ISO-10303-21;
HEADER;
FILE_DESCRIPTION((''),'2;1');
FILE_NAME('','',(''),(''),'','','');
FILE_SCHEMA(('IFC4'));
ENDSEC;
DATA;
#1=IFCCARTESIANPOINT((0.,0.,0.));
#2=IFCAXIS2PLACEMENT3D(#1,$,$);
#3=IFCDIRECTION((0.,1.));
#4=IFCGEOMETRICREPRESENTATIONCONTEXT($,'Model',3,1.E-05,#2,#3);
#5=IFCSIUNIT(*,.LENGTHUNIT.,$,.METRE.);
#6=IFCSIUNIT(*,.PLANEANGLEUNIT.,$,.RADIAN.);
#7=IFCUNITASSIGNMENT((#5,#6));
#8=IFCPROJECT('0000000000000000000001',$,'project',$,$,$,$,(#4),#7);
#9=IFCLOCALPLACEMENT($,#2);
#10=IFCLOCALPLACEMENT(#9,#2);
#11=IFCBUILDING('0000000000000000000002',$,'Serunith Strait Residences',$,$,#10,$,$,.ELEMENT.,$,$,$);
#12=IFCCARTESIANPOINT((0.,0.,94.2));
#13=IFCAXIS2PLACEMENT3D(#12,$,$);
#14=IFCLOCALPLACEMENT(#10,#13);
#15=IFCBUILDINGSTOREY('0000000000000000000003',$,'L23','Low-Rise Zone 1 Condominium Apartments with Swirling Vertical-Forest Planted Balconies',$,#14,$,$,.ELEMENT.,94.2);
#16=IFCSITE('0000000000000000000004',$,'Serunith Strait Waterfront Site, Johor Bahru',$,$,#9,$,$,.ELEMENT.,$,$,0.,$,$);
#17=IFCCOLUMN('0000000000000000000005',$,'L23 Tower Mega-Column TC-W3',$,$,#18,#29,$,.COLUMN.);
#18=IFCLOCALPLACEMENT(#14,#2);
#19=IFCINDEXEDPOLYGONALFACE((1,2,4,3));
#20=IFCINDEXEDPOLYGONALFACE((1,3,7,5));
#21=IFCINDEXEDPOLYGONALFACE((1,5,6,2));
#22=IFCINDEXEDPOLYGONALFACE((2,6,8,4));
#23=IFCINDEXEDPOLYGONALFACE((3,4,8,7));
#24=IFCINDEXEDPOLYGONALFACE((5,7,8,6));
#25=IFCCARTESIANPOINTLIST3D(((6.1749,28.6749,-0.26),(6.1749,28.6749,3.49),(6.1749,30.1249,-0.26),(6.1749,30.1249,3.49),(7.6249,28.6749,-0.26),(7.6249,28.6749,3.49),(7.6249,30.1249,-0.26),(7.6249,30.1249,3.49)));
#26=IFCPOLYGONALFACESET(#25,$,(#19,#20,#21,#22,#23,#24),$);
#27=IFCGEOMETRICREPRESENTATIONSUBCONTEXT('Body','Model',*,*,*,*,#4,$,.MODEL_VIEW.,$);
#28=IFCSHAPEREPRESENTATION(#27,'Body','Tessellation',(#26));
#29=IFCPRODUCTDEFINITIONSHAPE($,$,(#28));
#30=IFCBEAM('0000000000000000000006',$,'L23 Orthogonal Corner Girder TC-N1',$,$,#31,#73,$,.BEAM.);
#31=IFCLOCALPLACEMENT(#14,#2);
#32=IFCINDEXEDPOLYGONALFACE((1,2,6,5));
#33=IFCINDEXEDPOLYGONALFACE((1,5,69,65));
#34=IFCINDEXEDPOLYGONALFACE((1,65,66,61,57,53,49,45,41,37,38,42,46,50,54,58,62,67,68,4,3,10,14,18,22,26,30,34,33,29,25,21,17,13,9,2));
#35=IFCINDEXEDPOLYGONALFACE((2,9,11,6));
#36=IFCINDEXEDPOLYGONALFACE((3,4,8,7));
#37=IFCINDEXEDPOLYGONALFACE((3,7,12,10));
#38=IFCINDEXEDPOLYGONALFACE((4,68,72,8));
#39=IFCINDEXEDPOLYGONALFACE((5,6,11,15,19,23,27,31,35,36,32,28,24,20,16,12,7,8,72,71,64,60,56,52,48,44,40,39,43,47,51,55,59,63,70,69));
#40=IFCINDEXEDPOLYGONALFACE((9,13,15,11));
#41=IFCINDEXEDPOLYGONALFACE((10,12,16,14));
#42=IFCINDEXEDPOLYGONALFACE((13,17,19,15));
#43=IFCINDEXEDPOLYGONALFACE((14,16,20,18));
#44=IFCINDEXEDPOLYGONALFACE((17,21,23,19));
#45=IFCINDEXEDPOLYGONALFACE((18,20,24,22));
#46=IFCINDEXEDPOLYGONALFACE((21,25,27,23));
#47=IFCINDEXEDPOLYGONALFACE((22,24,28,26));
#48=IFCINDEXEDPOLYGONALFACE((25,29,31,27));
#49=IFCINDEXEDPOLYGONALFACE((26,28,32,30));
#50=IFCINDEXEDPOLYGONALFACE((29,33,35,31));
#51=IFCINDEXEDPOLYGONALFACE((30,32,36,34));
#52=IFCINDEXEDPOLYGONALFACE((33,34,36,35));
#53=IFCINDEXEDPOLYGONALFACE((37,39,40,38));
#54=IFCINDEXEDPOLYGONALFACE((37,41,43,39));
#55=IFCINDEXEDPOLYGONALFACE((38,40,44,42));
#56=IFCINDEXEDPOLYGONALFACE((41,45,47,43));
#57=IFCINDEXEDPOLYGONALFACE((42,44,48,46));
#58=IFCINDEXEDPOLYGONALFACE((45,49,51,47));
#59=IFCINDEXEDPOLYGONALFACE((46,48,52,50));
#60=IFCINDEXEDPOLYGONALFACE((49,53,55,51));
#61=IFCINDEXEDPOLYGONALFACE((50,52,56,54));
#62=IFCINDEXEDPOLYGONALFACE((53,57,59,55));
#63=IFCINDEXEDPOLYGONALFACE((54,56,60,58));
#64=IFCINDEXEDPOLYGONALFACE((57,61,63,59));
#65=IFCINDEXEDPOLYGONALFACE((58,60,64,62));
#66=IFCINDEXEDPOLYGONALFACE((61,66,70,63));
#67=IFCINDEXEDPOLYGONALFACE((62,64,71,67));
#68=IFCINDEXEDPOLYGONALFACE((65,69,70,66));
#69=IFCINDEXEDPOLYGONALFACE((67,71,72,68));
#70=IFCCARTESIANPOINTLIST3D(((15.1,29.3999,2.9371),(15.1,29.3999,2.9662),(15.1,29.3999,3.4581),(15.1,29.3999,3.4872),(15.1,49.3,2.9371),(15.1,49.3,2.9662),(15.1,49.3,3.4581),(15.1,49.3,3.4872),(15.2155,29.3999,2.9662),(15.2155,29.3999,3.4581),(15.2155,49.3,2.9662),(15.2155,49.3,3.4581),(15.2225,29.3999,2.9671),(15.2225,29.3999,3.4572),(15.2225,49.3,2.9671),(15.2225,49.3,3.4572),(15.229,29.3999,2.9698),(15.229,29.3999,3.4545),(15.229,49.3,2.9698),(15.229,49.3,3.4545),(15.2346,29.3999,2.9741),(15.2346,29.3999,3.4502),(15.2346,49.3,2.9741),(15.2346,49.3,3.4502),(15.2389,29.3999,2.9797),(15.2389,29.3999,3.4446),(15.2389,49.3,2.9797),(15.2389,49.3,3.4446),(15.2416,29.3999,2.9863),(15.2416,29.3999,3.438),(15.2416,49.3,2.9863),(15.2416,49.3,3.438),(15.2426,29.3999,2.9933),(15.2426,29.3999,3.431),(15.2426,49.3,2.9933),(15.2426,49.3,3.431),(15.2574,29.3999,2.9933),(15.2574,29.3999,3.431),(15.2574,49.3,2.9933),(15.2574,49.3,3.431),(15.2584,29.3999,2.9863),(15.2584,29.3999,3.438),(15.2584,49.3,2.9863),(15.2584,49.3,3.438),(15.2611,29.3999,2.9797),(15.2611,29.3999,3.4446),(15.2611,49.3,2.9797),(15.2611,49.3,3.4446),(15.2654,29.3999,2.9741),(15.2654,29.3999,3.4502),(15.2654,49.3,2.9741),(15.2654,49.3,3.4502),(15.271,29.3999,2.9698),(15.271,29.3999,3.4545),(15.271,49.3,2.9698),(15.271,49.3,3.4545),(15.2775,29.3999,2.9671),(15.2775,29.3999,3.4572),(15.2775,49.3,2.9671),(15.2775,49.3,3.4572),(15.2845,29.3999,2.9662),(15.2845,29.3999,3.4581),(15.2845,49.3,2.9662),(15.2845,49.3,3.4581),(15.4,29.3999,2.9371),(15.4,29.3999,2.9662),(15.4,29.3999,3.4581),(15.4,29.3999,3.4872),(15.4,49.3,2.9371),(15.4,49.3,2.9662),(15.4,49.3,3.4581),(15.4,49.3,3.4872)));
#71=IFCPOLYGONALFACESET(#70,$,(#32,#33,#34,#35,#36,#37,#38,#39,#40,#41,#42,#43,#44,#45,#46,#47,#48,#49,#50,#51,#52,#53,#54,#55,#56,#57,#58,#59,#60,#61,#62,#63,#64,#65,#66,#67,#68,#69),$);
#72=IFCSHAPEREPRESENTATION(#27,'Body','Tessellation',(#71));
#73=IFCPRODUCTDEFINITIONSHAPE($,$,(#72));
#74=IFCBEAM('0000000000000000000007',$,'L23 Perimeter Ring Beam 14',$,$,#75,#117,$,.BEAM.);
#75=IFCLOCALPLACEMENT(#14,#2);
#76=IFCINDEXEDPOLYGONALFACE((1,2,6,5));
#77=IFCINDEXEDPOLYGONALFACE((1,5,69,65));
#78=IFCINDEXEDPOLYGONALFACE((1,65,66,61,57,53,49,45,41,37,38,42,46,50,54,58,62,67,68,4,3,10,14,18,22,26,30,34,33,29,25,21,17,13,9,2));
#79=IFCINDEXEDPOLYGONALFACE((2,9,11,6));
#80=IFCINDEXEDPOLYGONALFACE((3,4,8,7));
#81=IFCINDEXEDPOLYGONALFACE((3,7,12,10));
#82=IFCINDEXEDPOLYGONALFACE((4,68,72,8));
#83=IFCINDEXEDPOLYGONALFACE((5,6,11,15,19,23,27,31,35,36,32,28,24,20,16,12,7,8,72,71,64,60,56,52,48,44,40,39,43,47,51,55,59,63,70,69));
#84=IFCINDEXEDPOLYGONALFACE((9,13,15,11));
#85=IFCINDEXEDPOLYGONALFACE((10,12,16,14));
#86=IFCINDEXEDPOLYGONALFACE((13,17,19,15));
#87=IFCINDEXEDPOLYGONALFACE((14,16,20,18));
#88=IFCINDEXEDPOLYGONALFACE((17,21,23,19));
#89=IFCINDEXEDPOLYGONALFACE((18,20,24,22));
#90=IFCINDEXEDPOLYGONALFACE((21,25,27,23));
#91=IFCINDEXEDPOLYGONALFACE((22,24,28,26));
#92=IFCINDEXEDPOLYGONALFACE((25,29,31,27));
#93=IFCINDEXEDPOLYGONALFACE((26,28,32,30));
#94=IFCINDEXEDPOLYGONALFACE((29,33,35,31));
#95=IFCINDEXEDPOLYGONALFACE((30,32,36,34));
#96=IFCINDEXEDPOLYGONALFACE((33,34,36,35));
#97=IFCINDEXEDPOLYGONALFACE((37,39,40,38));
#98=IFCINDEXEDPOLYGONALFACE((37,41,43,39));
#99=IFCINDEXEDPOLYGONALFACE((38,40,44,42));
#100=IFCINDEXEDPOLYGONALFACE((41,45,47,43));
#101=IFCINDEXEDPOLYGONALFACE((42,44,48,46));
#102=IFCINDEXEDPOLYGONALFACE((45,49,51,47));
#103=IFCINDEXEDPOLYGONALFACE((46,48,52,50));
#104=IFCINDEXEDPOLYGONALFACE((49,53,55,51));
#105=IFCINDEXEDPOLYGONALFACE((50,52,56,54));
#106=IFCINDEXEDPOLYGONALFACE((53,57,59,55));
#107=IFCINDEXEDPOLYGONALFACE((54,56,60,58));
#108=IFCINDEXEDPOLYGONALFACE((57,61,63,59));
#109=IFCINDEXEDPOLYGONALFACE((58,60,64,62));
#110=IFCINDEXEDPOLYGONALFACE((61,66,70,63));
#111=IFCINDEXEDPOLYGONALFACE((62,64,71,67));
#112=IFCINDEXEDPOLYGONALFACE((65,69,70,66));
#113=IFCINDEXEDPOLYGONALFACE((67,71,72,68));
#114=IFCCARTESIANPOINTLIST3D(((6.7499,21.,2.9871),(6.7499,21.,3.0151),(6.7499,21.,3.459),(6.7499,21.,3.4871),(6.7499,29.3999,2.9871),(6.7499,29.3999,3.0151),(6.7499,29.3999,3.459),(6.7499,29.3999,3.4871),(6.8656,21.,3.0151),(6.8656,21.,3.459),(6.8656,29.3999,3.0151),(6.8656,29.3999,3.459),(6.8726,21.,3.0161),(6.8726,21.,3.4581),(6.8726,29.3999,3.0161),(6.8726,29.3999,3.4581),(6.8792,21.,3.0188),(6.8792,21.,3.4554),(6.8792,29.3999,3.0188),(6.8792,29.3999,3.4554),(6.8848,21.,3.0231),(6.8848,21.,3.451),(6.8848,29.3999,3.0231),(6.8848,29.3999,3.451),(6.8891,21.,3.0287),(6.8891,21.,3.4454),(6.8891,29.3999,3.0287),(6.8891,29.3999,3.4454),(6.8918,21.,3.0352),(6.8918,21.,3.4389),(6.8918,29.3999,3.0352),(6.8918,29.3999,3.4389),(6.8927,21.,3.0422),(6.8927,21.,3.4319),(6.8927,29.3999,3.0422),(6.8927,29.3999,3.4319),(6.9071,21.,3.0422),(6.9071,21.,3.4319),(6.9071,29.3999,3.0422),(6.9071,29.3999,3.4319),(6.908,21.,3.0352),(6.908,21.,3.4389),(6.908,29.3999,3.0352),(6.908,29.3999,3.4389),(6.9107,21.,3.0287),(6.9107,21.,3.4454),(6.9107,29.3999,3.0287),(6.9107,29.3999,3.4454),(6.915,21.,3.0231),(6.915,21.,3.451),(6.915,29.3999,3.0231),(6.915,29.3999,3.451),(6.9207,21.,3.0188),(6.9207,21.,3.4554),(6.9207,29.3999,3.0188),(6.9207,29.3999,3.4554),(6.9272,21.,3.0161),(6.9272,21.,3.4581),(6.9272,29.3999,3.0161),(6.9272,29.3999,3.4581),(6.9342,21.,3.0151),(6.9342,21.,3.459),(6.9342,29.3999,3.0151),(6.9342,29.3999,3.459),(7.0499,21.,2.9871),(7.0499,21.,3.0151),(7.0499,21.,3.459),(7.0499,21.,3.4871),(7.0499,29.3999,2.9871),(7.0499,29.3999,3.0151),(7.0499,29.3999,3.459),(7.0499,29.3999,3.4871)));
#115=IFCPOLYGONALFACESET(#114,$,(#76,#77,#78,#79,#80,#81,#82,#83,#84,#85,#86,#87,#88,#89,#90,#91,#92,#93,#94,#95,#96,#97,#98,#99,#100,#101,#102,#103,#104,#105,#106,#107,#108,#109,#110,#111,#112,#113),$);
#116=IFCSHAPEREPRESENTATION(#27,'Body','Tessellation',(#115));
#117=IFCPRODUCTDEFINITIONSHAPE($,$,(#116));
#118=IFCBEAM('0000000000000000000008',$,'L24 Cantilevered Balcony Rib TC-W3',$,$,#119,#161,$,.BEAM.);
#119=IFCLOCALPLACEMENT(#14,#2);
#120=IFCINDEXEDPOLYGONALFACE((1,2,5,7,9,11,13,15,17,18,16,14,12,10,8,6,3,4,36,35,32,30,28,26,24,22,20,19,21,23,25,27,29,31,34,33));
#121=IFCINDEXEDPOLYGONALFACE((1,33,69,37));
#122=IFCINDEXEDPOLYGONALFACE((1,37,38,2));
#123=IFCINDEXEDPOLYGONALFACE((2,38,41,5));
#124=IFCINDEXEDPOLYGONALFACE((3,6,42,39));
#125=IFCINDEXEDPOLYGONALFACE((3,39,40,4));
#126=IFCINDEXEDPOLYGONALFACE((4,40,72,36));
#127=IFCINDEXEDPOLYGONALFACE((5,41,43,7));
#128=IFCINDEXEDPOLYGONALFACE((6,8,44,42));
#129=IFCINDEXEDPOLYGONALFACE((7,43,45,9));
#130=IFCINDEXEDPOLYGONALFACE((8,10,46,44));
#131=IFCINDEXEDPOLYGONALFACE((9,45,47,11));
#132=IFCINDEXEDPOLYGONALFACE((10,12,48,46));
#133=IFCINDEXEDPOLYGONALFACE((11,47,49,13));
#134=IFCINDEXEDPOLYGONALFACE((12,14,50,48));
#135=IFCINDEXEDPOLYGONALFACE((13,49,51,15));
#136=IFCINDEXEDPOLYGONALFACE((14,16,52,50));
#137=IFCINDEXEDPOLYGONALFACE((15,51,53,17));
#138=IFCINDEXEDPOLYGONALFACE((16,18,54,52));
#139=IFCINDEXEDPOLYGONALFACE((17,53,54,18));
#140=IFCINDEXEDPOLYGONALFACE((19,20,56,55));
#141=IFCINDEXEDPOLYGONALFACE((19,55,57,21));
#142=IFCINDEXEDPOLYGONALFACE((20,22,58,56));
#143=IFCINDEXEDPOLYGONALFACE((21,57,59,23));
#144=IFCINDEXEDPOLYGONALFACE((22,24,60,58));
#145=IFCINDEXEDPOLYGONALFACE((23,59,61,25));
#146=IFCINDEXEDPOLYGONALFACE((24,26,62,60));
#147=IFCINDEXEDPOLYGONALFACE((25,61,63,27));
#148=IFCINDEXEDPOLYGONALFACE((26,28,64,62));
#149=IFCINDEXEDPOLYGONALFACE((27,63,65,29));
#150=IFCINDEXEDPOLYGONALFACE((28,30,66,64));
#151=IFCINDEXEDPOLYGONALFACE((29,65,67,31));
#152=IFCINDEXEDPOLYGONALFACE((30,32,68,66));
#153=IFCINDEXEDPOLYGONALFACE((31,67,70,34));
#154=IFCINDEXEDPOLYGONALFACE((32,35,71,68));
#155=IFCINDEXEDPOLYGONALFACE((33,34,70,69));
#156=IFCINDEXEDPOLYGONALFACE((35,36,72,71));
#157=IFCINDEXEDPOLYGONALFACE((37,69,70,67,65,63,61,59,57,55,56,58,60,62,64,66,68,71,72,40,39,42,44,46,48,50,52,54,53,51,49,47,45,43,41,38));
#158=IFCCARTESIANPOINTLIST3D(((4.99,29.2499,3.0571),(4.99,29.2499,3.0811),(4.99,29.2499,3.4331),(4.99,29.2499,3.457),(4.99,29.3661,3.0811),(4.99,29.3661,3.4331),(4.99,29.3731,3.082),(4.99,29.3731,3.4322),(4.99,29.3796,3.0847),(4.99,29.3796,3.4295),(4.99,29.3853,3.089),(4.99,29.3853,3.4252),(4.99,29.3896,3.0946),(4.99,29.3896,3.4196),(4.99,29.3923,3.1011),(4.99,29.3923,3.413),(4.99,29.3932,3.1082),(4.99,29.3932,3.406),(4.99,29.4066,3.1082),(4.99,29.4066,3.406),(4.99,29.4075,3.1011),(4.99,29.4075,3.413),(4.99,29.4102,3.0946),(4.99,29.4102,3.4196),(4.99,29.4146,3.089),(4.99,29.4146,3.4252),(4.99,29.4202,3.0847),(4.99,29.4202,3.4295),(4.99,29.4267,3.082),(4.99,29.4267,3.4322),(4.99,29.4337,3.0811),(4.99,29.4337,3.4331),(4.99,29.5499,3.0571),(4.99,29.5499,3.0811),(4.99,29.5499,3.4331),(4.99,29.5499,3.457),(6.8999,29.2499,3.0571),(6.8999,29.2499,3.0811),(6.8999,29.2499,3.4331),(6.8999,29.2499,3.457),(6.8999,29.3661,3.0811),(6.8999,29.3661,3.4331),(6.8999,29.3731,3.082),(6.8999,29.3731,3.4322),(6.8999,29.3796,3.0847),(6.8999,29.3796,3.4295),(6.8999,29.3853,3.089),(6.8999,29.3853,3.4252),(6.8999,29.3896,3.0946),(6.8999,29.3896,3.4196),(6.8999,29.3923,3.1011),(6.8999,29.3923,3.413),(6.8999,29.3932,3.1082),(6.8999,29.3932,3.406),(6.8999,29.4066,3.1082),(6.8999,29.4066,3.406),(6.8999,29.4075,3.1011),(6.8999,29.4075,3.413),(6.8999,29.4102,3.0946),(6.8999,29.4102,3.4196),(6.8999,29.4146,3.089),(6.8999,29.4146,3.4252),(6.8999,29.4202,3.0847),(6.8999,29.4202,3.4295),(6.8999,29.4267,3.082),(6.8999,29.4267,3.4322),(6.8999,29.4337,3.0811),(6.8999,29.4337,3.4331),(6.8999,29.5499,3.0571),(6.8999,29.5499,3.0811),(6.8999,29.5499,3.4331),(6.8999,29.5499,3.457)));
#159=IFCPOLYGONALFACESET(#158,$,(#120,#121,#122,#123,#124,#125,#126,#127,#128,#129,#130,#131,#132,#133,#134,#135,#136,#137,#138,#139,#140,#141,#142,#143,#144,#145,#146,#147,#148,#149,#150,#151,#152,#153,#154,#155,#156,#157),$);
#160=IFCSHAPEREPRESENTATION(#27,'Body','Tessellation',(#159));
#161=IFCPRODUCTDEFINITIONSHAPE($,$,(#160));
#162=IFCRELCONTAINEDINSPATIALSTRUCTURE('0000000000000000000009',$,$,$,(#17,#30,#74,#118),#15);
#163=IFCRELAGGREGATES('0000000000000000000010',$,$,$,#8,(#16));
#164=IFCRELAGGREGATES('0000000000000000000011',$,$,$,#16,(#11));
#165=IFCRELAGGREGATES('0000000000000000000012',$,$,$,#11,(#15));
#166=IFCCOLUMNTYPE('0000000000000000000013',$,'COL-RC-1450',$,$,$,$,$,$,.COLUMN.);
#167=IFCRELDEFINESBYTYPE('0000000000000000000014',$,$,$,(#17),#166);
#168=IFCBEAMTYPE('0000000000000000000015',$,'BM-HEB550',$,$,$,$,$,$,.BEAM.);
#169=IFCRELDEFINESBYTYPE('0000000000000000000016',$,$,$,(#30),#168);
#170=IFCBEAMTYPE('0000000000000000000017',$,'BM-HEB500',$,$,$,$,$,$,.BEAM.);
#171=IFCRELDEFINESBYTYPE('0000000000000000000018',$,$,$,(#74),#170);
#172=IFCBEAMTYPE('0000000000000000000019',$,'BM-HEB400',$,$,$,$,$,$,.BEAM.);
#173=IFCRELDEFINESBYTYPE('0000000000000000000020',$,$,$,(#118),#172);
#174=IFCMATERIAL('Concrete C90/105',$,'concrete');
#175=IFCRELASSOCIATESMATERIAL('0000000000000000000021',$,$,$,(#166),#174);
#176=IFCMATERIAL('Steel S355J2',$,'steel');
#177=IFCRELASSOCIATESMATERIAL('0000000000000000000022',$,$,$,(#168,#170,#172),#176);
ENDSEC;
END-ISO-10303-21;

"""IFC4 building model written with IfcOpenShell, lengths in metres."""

from ifc_helpers import new_model, si_unit, direction, frame, origin, origin_2d, place, context, subcontext, project, spatial, rectangle, i_section, extrude, source, transform, mapped, material, material_profile, profile_set, type_object, element, save


model = new_model("IFC4")

# Units and contexts
model_context = context("Model", 3, precision=1e-05, world=origin(), true_north=direction((0.0, 1.0)))
body_context = subcontext(model_context, "Body", "Model", "MODEL_VIEW")
ifc_project = project(units=[si_unit("LENGTHUNIT", "METRE"), si_unit("PLANEANGLEUNIT", "RADIAN")], contexts=[model_context])

# Site, building, storey
site_placement = place(None, origin())
site = spatial("IfcSite", under=ifc_project, at=site_placement, Name="Serunith Strait Waterfront Site, Johor Bahru", CompositionType="ELEMENT", RefElevation=0.0)
building_placement = place(site_placement, origin())
building = spatial("IfcBuilding", under=site, at=building_placement, Name="Serunith Strait Residences", CompositionType="ELEMENT")
storey_placement = place(building_placement, frame((0.0, 0.0, 94.2)))
storey = spatial("IfcBuildingStorey", under=building, at=storey_placement, Name="L23", Description="Low-Rise Zone 1 Condominium Apartments with Swirling Vertical-Forest Planted Balconies", CompositionType="ELEMENT", Elevation=94.2)

# Column
ifc_material_1 = material(Name="Concrete C90/105", Category="concrete")
ifc_material_profile_1 = material_profile(ifc_material_1, rectangle(XDim=1.45, YDim=1.45, at=origin_2d()), Name="RC 1450x1450")
ifc_profile_set_1 = profile_set([ifc_material_profile_1], Name="Concrete C90/105")
column_type = type_object("IfcColumnType", Name="COL-RC-1450", PredefinedType="COLUMN", material=ifc_profile_set_1)
shared_shape_1 = source(origin(), body_context, "Body", "SweptSolid", [
    extrude(rectangle(XDim=1.45, YDim=1.45, at=origin_2d()), origin(), (0.0, 0.0, 1.0), 3.75),
])
column_placement = place(storey_placement, frame((6.8999, 29.3999, -0.26), z_axis=(0.0, 0.0, 1.0), x_axis=(1.0, 0.0, 0.0)))
element("IfcColumn", 1, at=column_placement, inside=storey, type_object=column_type, Name="L23 Tower Mega-Column TC-W3", PredefinedType="COLUMN", context=body_context, shape_type="MappedRepresentation", body=[
    mapped(shared_shape_1, transform((0.0, 0.0, 0.0), scale=1.0)),
])

# Beams
ifc_material_2 = material(Name="Steel S355J2", Category="steel")
ifc_material_profile_2 = material_profile(ifc_material_2, i_section(OverallWidth=0.3, OverallDepth=0.55, WebThickness=0.0149, FlangeThickness=0.0291, FilletRadius=0.0271, at=origin_2d()), Name="HEB 550")
ifc_profile_set_2 = profile_set([ifc_material_profile_2], Name="Steel S355J2")
beam_type_1 = type_object("IfcBeamType", Name="BM-HEB550", PredefinedType="BEAM", material=ifc_profile_set_2)
shared_shape_2 = source(origin(), body_context, "Body", "SweptSolid", [
    extrude(i_section(OverallWidth=0.3, OverallDepth=0.55, WebThickness=0.0149, FlangeThickness=0.0291, FilletRadius=0.0271, at=origin_2d()), origin(), (0.0, 0.0, 1.0), 19.9001),
])
beam_1_placement = place(storey_placement, frame((15.25, 29.3999, 3.2122), z_axis=(0.0, 1.0, 0.0), x_axis=(-1.0, 0.0, 0.0)))
element("IfcBeam", 2, at=beam_1_placement, inside=storey, type_object=beam_type_1, Name="L23 Orthogonal Corner Girder TC-N1", PredefinedType="BEAM", context=body_context, shape_type="MappedRepresentation", body=[
    mapped(shared_shape_2, transform((0.0, 0.0, 0.0), scale=1.0)),
])
ifc_material_profile_3 = material_profile(ifc_material_2, i_section(OverallWidth=0.3, OverallDepth=0.5, WebThickness=0.0144, FlangeThickness=0.0281, FilletRadius=0.0271, at=origin_2d()), Name="HEB 500")
ifc_profile_set_3 = profile_set([ifc_material_profile_3], Name="Steel S355J2")
beam_type_2 = type_object("IfcBeamType", Name="BM-HEB500", PredefinedType="BEAM", material=ifc_profile_set_3)
shared_shape_3 = source(origin(), body_context, "Body", "SweptSolid", [
    extrude(i_section(OverallWidth=0.3, OverallDepth=0.5, WebThickness=0.0144, FlangeThickness=0.0281, FilletRadius=0.0271, at=origin_2d()), origin(), (0.0, 0.0, 1.0), 8.3999),
])
beam_2_placement = place(storey_placement, frame((6.8999, 29.3999, 3.2371), z_axis=(0.0, -1.0, 0.0), x_axis=(1.0, 0.0, 0.0)))
element("IfcBeam", 3, at=beam_2_placement, inside=storey, type_object=beam_type_2, Name="L23 Perimeter Ring Beam 14", PredefinedType="BEAM", context=body_context, shape_type="MappedRepresentation", body=[
    mapped(shared_shape_3, transform((0.0, 0.0, 0.0), scale=1.0)),
])
ifc_material_profile_4 = material_profile(ifc_material_2, i_section(OverallWidth=0.3, OverallDepth=0.3999, WebThickness=0.0134, FlangeThickness=0.0239, FilletRadius=0.0271, at=origin_2d()), Name="HEB 400")
ifc_profile_set_4 = profile_set([ifc_material_profile_4], Name="Steel S355J2")
beam_type_3 = type_object("IfcBeamType", Name="BM-HEB400", PredefinedType="BEAM", material=ifc_profile_set_4)
shared_shape_4 = source(origin(), body_context, "Body", "SweptSolid", [
    extrude(i_section(OverallWidth=0.3, OverallDepth=0.3999, WebThickness=0.0134, FlangeThickness=0.0239, FilletRadius=0.0271, at=origin_2d()), origin(), (0.0, 0.0, 1.0), 1.9099),
])
beam_3_placement = place(storey_placement, frame((6.8999, 29.3999, 3.2571), z_axis=(-1.0, 0.0, 0.0), x_axis=(0.0, -1.0, 0.0)))
element("IfcBeam", 4, at=beam_3_placement, inside=storey, type_object=beam_type_3, Name="L24 Cantilevered Balcony Rib TC-W3", PredefinedType="BEAM", context=body_context, shape_type="MappedRepresentation", body=[
    mapped(shared_shape_4, transform((0.0, 0.0, 0.0), scale=1.0)),
])

save(model, "model.ifc")
